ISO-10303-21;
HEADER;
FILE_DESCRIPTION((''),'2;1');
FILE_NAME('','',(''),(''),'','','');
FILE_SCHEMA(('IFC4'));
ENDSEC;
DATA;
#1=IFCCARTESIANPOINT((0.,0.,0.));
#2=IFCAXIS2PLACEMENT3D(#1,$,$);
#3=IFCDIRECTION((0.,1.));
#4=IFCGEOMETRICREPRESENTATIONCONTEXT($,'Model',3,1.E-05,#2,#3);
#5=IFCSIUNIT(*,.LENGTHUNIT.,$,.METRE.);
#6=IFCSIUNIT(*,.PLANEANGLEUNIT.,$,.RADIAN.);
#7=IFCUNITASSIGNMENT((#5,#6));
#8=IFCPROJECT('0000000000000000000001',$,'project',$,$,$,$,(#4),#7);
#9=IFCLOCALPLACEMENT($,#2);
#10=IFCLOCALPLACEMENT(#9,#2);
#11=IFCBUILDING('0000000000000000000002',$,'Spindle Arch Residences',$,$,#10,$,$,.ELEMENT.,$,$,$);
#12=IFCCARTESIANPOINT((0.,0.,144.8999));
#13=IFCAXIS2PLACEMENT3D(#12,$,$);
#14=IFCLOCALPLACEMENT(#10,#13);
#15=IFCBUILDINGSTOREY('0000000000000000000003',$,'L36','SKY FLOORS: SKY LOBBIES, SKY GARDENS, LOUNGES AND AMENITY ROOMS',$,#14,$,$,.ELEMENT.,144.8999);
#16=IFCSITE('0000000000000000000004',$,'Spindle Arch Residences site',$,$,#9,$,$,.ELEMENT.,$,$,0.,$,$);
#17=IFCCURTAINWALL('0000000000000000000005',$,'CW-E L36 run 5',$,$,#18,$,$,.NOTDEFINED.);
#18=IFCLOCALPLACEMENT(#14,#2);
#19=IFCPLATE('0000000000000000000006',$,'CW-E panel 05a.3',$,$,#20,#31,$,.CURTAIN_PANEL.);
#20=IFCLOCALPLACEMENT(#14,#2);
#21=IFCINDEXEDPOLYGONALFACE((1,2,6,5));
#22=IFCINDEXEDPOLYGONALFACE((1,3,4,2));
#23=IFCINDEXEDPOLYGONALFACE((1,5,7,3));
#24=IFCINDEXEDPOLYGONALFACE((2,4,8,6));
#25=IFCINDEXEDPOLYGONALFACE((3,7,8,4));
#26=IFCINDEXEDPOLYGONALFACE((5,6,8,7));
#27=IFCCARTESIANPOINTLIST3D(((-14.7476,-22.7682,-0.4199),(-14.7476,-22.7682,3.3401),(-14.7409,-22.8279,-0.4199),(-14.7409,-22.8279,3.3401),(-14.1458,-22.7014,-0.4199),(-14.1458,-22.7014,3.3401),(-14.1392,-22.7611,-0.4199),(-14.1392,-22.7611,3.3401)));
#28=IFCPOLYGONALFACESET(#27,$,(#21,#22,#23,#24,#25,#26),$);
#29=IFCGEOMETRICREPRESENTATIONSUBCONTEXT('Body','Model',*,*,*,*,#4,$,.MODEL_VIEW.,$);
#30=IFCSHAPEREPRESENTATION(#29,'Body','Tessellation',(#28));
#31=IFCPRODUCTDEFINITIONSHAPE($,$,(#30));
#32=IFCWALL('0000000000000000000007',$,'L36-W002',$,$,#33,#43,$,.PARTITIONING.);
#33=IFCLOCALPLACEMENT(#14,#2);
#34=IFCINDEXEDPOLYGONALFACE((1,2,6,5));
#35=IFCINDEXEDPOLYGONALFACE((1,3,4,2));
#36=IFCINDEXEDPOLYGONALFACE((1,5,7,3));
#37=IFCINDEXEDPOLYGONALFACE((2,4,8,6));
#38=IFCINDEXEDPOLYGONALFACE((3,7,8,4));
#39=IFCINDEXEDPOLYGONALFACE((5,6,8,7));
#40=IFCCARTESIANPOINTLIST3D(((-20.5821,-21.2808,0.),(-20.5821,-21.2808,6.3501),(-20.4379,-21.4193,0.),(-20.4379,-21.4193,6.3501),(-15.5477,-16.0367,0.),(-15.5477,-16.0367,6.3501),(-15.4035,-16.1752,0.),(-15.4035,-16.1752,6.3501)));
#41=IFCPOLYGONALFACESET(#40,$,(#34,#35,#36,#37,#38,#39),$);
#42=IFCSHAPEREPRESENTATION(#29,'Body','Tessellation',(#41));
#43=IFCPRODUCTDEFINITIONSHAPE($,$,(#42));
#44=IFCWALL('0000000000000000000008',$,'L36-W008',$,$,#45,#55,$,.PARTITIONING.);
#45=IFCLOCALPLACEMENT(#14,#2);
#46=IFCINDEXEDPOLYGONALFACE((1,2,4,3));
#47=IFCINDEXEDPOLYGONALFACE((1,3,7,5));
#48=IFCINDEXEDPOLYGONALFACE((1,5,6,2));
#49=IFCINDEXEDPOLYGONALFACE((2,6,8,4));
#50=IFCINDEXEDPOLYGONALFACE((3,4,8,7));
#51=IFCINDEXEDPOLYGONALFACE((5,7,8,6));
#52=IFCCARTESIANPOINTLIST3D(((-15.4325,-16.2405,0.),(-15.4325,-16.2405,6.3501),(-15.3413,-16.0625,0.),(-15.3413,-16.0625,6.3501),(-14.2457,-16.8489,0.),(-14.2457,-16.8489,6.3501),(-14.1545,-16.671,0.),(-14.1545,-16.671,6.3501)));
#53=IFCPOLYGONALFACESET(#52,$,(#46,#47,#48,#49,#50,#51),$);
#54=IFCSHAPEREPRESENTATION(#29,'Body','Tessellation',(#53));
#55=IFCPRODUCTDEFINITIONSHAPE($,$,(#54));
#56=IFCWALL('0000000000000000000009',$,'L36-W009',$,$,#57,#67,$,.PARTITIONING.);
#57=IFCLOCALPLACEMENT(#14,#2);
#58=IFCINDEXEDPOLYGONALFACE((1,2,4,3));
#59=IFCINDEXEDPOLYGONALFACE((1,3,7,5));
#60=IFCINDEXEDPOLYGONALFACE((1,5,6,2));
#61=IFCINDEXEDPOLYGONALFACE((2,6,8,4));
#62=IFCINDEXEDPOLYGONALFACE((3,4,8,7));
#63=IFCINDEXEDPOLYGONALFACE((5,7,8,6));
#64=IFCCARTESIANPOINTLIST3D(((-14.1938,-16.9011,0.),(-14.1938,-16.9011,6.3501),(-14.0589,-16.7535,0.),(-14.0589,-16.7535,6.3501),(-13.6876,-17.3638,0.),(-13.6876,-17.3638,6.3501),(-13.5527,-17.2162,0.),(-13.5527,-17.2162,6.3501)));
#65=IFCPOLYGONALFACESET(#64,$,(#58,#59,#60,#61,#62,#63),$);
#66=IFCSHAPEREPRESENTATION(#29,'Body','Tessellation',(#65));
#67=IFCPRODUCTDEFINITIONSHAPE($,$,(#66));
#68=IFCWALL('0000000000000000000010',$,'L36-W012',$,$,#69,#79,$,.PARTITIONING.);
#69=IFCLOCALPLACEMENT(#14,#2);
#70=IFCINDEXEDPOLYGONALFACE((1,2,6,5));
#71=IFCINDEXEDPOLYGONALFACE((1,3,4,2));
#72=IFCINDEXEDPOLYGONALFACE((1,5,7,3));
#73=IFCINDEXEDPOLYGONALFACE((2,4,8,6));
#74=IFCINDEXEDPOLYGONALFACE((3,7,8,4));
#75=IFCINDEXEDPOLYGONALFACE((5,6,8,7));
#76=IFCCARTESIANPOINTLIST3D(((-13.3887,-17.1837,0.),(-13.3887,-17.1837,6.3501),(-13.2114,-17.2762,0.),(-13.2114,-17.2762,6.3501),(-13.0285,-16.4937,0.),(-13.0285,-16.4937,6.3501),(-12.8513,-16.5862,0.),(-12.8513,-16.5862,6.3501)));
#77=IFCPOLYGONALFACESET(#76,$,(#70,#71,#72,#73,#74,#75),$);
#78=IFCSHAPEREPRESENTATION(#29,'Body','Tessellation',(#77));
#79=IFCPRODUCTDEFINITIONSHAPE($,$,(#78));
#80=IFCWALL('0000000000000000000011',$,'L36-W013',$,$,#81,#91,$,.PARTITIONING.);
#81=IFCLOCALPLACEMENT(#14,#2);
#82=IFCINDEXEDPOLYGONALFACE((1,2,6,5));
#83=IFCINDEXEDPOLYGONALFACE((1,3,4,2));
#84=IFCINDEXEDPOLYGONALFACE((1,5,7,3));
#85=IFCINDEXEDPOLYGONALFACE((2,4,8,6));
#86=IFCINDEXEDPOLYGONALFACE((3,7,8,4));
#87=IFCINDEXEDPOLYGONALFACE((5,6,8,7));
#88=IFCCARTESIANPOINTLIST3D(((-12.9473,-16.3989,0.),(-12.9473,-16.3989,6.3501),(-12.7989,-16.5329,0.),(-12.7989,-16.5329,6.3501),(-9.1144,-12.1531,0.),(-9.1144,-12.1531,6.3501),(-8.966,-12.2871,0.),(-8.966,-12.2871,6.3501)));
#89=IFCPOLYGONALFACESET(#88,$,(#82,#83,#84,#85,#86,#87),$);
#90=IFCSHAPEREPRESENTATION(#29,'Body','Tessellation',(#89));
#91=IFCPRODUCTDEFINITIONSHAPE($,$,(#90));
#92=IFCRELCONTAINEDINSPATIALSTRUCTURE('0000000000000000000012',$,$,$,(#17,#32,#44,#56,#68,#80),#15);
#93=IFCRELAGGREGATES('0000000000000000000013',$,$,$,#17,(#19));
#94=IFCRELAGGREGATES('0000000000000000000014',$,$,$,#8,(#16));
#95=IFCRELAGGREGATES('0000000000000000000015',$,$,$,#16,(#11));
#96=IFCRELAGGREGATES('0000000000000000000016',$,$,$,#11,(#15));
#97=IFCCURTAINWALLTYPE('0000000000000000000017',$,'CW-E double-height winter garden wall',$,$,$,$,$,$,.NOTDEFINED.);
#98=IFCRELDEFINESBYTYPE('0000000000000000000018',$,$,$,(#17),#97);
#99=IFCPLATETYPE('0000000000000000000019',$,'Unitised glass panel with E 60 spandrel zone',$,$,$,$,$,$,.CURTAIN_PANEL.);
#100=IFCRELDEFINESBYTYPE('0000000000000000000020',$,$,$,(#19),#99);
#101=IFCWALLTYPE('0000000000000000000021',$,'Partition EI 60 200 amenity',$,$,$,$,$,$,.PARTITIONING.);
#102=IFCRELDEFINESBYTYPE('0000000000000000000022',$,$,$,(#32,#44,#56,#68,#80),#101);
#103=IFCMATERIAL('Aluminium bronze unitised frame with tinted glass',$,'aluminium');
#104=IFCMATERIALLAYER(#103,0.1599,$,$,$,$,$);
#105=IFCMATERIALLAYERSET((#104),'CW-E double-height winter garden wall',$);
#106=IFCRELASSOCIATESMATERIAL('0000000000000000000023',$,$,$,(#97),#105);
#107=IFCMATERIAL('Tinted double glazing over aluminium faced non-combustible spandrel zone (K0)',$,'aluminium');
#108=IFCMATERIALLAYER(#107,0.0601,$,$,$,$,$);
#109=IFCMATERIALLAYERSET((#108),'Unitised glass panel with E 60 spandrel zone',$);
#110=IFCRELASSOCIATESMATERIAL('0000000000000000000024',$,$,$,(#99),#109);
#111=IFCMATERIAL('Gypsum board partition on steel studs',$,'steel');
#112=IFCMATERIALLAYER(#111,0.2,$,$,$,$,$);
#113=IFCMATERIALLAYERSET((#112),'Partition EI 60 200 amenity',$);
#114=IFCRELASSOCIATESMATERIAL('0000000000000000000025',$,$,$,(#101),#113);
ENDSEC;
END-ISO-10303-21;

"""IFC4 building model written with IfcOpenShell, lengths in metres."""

from ifc_helpers import new_model, si_unit, direction, frame, frame_2d, origin, origin_2d, place, context, subcontext, project, spatial, rectangle, extrude, material, layer, layer_set, type_object, element, aggregate, save


model = new_model("IFC4")

# Units and contexts
model_context = context("Model", 3, precision=1e-05, world=origin(), true_north=direction((0.0, 1.0)))
body_context = subcontext(model_context, "Body", "Model", "MODEL_VIEW")
ifc_project = project(units=[si_unit("LENGTHUNIT", "METRE"), si_unit("PLANEANGLEUNIT", "RADIAN")], contexts=[model_context])

# Site, building, storey
site_placement = place(None, origin())
site = spatial("IfcSite", under=ifc_project, at=site_placement, Name="Spindle Arch Residences site", CompositionType="ELEMENT", RefElevation=0.0)
building_placement = place(site_placement, origin())
building = spatial("IfcBuilding", under=site, at=building_placement, Name="Spindle Arch Residences", CompositionType="ELEMENT")
storey_placement = place(building_placement, frame((0.0, 0.0, 144.8999)))
storey = spatial("IfcBuildingStorey", under=building, at=storey_placement, Name="L36", Description="SKY FLOORS: SKY LOBBIES, SKY GARDENS, LOUNGES AND AMENITY ROOMS", CompositionType="ELEMENT", Elevation=144.8999)

# Curtain wall
ifc_material_1 = material(Name="Aluminium bronze unitised frame with tinted glass", Category="aluminium")
ifc_layer_1 = layer(ifc_material_1, 0.1599)
ifc_layer_set_1 = layer_set([ifc_layer_1], Name="CW-E double-height winter garden wall")
curtain_wall_type = type_object("IfcCurtainWallType", Name="CW-E double-height winter garden wall", PredefinedType="NOTDEFINED", material=ifc_layer_set_1)
curtain_wall_placement = place(storey_placement, origin())
curtain_wall = element("IfcCurtainWall", 1, at=curtain_wall_placement, inside=storey, type_object=curtain_wall_type, Name="CW-E L36 run 5", PredefinedType="NOTDEFINED")

# Plate
ifc_material_2 = material(Name="Tinted double glazing over aluminium faced non-combustible spandrel zone (K0)", Category="aluminium")
ifc_layer_2 = layer(ifc_material_2, 0.0601)
ifc_layer_set_2 = layer_set([ifc_layer_2], Name="Unitised glass panel with E 60 spandrel zone")
plate_type_1 = type_object("IfcPlateType", Name="Unitised glass panel with E 60 spandrel zone", PredefinedType="CURTAIN_PANEL", material=ifc_layer_set_2)
plate_1_placement = place(storey_placement, frame((-14.4434, -22.7646, -0.4199), z_axis=(0.0, 0.0, 1.0), x_axis=(0.993897, 0.110313, 0.0)))
plate_1 = element("IfcPlate", 2, at=plate_1_placement, type_object=plate_type_1, Name="CW-E panel 05a.3", PredefinedType="CURTAIN_PANEL", context=body_context, shape_type="SweptSolid", body=[
    extrude(rectangle(XDim=0.6055, YDim=0.0601, at=origin_2d()), origin(), (0.0, 0.0, 1.0), 3.76),
])
aggregate(curtain_wall, [plate_1])

# Walls
ifc_material_3 = material(Name="Gypsum board partition on steel studs", Category="steel")
ifc_layer_3 = layer(ifc_material_3, 0.2)
ifc_layer_set_3 = layer_set([ifc_layer_3], Name="Partition EI 60 200 amenity")
wall_type = type_object("IfcWallType", Name="Partition EI 60 200 amenity", PredefinedType="PARTITIONING", material=ifc_layer_set_3)
wall_1_placement = place(storey_placement, frame((-15.4756, -16.106, 0.0), z_axis=(0.0, 0.0, 1.0), x_axis=(-0.692535, -0.721384, 0.0)))
element("IfcWall", 3, at=wall_1_placement, inside=storey, type_object=wall_type, Name="L36-W002", PredefinedType="PARTITIONING", context=body_context, shape_type="SweptSolid", body=[
    extrude(rectangle(XDim=7.2695, YDim=0.2, at=frame_2d((3.6348, 0.0))), origin(), (0.0, 0.0, 1.0), 6.3501),
])
wall_2_placement = place(storey_placement, frame((-14.2, -16.76, 0.0), z_axis=(0.0, 0.0, 1.0), x_axis=(-0.889878, 0.456198, 0.0)))
element("IfcWall", 4, at=wall_2_placement, inside=storey, type_object=wall_type, Name="L36-W008", PredefinedType="PARTITIONING", context=body_context, shape_type="SweptSolid", body=[
    extrude(rectangle(XDim=1.3337, YDim=0.2, at=frame_2d((0.667, 0.0))), origin(), (0.0, 0.0, 1.0), 6.3501),
])
wall_3_placement = place(storey_placement, frame((-14.1262, -16.8274, 0.0), z_axis=(0.0, 0.0, 1.0), x_axis=(0.738085, -0.674708, 0.0)))
element("IfcWall", 5, at=wall_3_placement, inside=storey, type_object=wall_type, Name="L36-W009", PredefinedType="PARTITIONING", context=body_context, shape_type="SweptSolid", body=[
    extrude(rectangle(XDim=0.6858, YDim=0.2, at=frame_2d((0.3428, 0.0))), origin(), (0.0, 0.0, 1.0), 6.3501),
])
wall_4_placement = place(storey_placement, frame((-13.3, -17.23, 0.0), z_axis=(0.0, 0.0, 1.0), x_axis=(0.462705, 0.886512, 0.0)))
element("IfcWall", 6, at=wall_4_placement, inside=storey, type_object=wall_type, Name="L36-W012", PredefinedType="PARTITIONING", context=body_context, shape_type="SweptSolid", body=[
    extrude(rectangle(XDim=0.7783, YDim=0.2, at=frame_2d((0.3892, 0.0))), origin(), (0.0, 0.0, 1.0), 6.3501),
])
wall_5_placement = place(storey_placement, frame((-12.873, -16.4658, 0.0), z_axis=(0.0, 0.0, 1.0), x_axis=(0.670098, 0.742272, 0.0)))
element("IfcWall", 7, at=wall_5_placement, inside=storey, type_object=wall_type, Name="L36-W013", PredefinedType="PARTITIONING", context=body_context, shape_type="SweptSolid", body=[
    extrude(rectangle(XDim=5.72, YDim=0.2, at=frame_2d((2.8599, 0.0))), origin(), (0.0, 0.0, 1.0), 6.3501),
])

save(model, "model.ifc")
